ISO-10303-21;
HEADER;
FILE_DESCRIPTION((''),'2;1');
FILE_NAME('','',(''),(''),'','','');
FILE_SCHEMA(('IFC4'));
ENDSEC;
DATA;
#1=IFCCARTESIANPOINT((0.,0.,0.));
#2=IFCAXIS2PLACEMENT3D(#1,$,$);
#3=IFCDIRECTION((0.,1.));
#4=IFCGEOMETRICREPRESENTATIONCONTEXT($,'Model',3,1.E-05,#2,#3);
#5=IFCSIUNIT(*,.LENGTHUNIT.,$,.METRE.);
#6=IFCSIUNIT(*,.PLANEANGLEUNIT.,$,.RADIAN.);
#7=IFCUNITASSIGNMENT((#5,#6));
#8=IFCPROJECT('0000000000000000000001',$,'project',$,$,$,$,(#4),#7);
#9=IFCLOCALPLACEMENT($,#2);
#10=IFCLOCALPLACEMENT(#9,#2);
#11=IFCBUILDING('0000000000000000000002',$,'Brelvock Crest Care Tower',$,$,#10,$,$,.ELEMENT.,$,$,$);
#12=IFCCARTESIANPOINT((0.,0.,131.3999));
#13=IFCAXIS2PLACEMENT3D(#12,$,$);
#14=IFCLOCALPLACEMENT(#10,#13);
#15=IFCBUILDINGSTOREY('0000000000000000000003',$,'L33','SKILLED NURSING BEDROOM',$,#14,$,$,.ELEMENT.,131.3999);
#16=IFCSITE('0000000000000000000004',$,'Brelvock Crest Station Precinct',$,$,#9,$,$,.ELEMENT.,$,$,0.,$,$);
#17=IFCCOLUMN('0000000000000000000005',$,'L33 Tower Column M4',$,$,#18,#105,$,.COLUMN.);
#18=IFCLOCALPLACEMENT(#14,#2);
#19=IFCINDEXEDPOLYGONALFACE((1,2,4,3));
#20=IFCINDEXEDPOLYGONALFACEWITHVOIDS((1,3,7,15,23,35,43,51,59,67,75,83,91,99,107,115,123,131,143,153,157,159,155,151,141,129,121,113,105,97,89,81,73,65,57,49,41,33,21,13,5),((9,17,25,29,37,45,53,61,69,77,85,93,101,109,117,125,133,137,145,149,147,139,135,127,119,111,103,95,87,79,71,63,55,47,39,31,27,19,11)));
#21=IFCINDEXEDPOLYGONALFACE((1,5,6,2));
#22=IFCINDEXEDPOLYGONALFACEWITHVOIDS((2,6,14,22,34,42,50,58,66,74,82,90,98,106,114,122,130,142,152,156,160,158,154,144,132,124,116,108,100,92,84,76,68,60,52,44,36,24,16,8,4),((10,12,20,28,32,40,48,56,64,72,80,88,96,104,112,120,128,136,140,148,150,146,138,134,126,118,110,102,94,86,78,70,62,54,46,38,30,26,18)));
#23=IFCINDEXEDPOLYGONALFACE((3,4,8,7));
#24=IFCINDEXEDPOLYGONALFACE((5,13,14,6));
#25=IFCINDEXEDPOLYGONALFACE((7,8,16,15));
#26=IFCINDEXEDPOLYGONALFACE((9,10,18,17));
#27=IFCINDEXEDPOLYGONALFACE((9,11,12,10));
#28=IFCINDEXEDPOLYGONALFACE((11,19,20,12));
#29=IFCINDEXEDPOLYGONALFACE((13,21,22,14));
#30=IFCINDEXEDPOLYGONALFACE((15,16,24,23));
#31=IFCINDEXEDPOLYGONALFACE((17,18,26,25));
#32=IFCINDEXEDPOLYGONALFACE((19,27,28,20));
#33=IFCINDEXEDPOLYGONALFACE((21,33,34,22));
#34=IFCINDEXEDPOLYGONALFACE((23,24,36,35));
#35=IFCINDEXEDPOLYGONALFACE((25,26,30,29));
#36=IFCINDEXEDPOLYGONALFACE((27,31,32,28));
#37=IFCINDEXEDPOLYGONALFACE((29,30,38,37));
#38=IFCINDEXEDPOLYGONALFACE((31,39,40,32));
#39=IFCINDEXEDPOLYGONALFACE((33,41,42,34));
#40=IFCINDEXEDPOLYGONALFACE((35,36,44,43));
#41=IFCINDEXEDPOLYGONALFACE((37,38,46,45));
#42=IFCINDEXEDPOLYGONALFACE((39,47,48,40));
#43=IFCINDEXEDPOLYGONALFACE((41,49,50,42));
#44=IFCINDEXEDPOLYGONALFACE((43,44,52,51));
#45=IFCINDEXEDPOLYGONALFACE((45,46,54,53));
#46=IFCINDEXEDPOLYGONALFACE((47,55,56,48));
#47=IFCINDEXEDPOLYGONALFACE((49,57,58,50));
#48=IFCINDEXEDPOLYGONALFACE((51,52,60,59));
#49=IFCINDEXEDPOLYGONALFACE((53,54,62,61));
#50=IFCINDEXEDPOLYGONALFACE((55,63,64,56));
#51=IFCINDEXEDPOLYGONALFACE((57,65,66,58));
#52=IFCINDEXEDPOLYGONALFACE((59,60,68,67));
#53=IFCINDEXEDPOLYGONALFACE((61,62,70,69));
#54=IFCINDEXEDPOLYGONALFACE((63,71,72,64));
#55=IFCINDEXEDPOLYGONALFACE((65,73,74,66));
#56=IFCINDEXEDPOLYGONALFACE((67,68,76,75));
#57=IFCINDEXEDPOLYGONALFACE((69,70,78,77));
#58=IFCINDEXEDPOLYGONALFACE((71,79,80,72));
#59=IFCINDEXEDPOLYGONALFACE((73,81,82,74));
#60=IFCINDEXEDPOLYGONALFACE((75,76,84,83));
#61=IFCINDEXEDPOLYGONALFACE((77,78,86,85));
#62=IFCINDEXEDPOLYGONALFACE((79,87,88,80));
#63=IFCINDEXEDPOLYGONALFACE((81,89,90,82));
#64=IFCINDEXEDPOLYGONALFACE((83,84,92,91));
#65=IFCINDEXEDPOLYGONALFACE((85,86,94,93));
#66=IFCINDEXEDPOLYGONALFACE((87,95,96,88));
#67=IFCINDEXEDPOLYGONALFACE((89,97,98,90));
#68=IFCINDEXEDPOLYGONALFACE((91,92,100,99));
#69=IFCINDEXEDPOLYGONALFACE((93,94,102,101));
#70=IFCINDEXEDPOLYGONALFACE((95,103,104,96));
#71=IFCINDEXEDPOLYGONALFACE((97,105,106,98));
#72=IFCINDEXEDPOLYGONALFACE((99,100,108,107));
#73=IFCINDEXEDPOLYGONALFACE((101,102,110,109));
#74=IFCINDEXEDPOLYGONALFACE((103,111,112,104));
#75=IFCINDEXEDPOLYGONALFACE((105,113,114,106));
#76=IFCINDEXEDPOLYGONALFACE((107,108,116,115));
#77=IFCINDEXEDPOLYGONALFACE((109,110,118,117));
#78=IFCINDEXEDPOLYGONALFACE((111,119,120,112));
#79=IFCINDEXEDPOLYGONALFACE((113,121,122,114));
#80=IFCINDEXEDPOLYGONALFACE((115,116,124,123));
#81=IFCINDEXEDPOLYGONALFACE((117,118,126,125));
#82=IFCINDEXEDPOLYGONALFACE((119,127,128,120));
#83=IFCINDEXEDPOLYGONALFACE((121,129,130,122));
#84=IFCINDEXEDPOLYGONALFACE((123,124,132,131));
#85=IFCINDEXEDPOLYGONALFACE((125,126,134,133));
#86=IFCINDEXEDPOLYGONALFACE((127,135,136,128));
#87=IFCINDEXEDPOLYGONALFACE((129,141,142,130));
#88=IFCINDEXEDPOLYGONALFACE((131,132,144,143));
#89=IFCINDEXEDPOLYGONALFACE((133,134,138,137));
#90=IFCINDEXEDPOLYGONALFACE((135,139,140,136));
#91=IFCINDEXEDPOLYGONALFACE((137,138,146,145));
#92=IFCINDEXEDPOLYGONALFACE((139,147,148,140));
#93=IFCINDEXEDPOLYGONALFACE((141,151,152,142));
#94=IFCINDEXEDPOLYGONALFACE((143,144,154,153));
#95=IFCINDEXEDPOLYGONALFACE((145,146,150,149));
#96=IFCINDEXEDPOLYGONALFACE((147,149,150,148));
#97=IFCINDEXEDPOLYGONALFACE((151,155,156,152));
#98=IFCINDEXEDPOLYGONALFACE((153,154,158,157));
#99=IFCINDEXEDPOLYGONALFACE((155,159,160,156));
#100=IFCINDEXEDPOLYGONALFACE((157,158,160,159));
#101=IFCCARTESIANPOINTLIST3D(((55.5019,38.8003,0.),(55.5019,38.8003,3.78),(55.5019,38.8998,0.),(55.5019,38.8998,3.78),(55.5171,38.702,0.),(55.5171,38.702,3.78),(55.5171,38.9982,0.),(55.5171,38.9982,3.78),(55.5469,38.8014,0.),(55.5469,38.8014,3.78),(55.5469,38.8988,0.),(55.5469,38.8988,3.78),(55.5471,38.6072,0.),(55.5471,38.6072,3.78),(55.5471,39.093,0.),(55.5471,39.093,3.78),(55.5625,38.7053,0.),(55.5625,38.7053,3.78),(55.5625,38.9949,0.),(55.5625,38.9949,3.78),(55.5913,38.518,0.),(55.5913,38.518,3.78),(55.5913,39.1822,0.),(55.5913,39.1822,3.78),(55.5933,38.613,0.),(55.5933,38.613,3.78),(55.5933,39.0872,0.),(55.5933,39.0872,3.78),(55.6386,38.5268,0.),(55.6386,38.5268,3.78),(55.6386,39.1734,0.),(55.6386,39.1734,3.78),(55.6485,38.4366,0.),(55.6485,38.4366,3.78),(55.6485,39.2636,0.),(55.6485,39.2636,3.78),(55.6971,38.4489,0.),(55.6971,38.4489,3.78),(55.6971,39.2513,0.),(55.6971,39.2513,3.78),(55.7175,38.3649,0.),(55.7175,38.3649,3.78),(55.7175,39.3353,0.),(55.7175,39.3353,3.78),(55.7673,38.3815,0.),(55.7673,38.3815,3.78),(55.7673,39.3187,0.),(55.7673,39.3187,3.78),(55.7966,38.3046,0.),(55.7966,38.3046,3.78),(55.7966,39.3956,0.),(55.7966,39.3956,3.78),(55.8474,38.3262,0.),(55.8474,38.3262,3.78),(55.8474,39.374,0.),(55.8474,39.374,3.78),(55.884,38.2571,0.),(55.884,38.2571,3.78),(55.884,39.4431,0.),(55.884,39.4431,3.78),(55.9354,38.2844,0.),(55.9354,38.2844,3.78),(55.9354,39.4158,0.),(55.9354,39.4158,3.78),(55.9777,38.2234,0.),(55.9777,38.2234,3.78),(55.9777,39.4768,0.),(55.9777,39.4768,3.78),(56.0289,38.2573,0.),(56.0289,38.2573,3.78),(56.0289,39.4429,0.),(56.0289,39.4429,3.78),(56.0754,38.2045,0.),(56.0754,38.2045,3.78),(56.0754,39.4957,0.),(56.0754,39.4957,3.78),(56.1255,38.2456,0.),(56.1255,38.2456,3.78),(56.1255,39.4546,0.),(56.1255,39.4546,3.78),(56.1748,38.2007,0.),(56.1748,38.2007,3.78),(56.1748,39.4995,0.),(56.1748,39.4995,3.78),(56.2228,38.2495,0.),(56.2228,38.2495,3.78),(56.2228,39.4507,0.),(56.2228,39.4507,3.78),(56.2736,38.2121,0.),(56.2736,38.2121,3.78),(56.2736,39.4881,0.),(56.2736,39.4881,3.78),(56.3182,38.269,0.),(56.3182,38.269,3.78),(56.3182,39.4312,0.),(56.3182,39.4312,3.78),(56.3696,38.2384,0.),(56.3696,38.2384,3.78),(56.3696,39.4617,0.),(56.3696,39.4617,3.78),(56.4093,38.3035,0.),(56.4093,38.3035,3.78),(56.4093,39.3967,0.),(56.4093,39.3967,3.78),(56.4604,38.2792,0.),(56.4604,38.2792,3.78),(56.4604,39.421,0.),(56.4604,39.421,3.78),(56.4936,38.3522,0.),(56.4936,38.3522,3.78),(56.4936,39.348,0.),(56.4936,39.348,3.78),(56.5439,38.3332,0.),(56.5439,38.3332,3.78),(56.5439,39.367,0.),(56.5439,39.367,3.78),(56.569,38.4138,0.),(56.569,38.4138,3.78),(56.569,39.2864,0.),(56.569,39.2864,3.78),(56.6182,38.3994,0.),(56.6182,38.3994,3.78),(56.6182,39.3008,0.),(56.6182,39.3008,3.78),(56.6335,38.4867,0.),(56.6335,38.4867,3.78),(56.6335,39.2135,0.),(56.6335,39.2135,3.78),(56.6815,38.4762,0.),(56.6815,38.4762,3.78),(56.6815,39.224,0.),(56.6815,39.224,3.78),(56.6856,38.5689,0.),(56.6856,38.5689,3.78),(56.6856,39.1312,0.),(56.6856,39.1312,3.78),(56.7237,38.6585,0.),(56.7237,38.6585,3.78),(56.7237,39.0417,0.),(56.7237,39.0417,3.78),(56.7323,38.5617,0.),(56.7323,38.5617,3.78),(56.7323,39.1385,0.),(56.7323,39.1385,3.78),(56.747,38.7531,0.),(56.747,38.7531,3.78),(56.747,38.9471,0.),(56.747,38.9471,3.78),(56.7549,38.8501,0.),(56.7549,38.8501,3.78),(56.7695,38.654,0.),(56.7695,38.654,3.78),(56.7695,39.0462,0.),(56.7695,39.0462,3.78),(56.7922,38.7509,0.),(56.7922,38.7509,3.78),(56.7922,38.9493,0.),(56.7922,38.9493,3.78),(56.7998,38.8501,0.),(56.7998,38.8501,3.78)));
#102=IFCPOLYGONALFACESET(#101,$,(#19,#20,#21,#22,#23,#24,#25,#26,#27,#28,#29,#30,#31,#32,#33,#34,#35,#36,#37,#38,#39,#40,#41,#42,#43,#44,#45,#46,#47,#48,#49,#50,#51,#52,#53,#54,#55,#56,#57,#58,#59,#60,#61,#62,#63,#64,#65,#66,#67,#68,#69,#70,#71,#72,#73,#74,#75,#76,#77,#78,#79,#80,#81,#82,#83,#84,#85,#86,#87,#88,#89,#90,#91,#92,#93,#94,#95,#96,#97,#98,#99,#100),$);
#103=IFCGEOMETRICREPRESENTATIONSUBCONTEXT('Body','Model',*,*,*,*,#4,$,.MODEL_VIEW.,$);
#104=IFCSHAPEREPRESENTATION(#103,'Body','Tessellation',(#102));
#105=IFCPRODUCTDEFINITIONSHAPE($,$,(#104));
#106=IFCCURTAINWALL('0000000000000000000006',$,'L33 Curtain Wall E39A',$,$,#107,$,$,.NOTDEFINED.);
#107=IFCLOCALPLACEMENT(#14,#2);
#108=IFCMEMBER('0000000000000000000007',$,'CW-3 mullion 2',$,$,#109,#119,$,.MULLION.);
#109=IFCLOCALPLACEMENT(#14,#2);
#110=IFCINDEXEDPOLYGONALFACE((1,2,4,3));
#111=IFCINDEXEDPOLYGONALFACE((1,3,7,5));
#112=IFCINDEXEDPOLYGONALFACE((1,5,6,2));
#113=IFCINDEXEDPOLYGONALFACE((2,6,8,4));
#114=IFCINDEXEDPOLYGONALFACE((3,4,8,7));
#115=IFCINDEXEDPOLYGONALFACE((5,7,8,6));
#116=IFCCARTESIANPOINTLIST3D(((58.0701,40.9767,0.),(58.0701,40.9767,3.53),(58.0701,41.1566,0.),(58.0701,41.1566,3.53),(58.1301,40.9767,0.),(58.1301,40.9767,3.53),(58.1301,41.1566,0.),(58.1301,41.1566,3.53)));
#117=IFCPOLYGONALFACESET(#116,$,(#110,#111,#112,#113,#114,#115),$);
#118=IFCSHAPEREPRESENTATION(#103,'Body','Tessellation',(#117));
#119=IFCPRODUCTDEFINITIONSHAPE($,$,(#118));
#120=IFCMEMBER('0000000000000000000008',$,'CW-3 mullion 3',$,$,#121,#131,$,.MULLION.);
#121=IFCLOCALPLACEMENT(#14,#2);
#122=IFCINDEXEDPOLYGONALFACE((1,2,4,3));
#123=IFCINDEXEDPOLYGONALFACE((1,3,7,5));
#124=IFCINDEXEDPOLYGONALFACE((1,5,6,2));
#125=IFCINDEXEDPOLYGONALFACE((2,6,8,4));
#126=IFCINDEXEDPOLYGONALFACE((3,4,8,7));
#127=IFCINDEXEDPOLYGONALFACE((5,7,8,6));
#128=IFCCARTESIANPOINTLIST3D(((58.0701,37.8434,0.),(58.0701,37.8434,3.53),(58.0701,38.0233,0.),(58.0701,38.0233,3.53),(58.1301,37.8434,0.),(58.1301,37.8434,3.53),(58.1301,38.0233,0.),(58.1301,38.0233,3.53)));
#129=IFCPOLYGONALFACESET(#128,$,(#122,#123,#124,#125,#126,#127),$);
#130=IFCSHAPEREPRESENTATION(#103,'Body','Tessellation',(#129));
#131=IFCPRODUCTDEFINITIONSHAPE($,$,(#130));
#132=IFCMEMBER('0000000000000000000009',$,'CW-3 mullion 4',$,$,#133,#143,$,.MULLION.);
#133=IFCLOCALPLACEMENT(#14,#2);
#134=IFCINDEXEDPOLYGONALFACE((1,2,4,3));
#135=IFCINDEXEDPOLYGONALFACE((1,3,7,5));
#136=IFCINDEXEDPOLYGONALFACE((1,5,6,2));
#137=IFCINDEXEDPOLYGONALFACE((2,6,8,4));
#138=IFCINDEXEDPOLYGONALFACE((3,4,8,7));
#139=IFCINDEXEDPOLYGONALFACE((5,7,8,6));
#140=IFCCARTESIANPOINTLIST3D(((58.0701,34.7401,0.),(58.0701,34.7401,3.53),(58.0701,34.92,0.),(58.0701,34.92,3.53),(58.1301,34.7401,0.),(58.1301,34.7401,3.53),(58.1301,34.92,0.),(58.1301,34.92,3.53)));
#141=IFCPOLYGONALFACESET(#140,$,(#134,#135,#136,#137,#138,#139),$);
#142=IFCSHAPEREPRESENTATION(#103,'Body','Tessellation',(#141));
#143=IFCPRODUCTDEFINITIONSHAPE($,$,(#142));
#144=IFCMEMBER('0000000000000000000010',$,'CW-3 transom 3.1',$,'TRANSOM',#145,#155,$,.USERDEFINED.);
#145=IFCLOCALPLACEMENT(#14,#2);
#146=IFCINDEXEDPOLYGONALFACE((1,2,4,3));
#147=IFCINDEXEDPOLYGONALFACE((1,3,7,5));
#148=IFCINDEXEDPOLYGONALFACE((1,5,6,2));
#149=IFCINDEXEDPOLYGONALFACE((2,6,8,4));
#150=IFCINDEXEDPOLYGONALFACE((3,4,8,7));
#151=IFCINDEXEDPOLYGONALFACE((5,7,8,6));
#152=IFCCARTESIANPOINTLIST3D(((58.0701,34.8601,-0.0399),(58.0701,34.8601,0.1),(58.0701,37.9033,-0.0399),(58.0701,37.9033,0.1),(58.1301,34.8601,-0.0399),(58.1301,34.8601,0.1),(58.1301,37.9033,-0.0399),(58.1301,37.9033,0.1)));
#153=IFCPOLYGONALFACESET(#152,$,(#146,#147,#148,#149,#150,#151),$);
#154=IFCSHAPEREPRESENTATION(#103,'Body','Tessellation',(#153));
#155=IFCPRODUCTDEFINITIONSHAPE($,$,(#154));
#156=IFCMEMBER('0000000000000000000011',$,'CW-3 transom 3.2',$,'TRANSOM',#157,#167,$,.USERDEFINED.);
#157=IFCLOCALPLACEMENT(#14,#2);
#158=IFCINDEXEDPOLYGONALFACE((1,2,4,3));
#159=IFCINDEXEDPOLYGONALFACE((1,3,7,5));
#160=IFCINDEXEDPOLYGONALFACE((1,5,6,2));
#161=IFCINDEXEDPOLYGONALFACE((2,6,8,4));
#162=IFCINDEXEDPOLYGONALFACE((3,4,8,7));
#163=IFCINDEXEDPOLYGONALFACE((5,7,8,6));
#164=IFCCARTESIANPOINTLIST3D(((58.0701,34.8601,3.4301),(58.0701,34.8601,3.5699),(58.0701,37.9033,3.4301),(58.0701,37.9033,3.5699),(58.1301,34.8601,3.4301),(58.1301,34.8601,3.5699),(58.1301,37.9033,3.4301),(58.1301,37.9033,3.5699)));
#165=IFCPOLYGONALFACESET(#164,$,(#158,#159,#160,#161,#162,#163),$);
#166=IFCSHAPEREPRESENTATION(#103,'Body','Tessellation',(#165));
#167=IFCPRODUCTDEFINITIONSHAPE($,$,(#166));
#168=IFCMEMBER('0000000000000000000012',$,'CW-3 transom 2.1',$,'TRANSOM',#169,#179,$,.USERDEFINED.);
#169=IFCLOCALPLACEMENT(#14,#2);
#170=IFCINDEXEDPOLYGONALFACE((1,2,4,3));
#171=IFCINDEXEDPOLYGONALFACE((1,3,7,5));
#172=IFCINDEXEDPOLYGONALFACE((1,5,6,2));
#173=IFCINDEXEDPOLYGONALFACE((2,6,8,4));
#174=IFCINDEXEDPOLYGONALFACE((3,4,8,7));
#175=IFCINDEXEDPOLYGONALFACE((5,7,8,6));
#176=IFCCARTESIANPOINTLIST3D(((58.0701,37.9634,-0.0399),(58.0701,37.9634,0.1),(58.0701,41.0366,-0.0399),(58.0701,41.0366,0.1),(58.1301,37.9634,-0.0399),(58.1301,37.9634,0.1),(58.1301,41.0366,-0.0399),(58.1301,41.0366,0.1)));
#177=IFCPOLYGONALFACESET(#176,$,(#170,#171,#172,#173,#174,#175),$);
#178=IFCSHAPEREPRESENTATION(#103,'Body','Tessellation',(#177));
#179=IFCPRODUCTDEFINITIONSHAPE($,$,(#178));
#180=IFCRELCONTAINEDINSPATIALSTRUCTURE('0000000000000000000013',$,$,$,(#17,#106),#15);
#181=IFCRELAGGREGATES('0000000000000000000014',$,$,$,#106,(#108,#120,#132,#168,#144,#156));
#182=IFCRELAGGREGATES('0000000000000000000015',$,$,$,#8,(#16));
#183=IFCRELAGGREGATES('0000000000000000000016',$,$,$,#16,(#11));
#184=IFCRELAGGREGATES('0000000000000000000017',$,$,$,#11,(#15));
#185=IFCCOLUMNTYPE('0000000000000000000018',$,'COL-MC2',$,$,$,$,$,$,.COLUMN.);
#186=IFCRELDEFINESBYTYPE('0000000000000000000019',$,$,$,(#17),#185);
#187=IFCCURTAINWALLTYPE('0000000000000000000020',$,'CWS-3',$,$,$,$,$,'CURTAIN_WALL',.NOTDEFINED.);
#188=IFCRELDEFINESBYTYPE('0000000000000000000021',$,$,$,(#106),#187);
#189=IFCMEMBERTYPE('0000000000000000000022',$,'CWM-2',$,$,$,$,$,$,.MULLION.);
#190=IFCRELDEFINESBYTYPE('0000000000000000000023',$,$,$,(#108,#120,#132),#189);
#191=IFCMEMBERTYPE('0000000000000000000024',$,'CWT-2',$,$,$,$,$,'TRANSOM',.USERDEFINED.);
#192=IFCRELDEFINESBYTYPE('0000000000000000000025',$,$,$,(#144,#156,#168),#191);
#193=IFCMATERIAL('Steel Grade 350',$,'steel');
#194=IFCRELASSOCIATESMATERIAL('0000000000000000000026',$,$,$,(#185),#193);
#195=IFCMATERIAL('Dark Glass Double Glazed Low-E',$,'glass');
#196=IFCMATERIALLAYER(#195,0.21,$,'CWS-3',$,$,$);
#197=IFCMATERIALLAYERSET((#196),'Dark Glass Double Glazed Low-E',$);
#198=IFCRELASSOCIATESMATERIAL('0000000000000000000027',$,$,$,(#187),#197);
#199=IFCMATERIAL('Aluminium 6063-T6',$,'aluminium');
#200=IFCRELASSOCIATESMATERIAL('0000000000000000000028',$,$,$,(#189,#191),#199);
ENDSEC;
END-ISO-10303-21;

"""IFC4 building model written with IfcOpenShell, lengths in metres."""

from ifc_helpers import new_model, si_unit, direction, frame, origin, origin_2d, place, context, subcontext, project, spatial, rectangle, hollow_circle, extrude, source, transform, mapped, material, layer, layer_set, material_profile, profile_set, type_object, element, aggregate, save


model = new_model("IFC4")

# Units and contexts
model_context = context("Model", 3, precision=1e-05, world=origin(), true_north=direction((0.0, 1.0)))
body_context = subcontext(model_context, "Body", "Model", "MODEL_VIEW")
ifc_project = project(units=[si_unit("LENGTHUNIT", "METRE"), si_unit("PLANEANGLEUNIT", "RADIAN")], contexts=[model_context])

# Site, building, storey
site_placement = place(None, origin())
site = spatial("IfcSite", under=ifc_project, at=site_placement, Name="Brelvock Crest Station Precinct", CompositionType="ELEMENT", RefElevation=0.0)
building_placement = place(site_placement, origin())
building = spatial("IfcBuilding", under=site, at=building_placement, Name="Brelvock Crest Care Tower", CompositionType="ELEMENT")
storey_placement = place(building_placement, frame((0.0, 0.0, 131.3999)))
storey = spatial("IfcBuildingStorey", under=building, at=storey_placement, Name="L33", Description="SKILLED NURSING BEDROOM", CompositionType="ELEMENT", Elevation=131.3999)

# Column
ifc_material_1 = material(Name="Steel Grade 350", Category="steel")
ifc_material_profile_1 = material_profile(ifc_material_1, hollow_circle(Radius=0.6499, WallThickness=0.0449, at=origin_2d()), Name="CFT1300x45")
ifc_profile_set_1 = profile_set([ifc_material_profile_1], Name="Steel Grade 350")
column_type = type_object("IfcColumnType", Name="COL-MC2", PredefinedType="COLUMN", material=ifc_profile_set_1)
shared_shape_1 = source(origin(), body_context, "Body", "SweptSolid", [
    extrude(hollow_circle(Radius=0.6499, WallThickness=0.0449, at=origin_2d()), origin(), (0.0, 0.0, 1.0), 3.78),
])
column_placement = place(storey_placement, frame((56.1499, 38.8501, 0.0), z_axis=(0.0, 0.0, 1.0), x_axis=(1.0, 0.0, 0.0)))
element("IfcColumn", 1, at=column_placement, inside=storey, type_object=column_type, Name="L33 Tower Column M4", PredefinedType="COLUMN", context=body_context, shape_type="MappedRepresentation", body=[
    mapped(shared_shape_1, transform((0.0, 0.0, 0.0), x_axis=(1.0, 0.0, 0.0), y_axis=(0.0, 1.0, 0.0), z_axis=(0.0, 0.0, 1.0), scale=1.0)),
])

# Curtain wall, members
ifc_material_2 = material(Name="Dark Glass Double Glazed Low-E", Category="glass")
ifc_layer_1 = layer(ifc_material_2, 0.21, Name="CWS-3")
ifc_layer_set_1 = layer_set([ifc_layer_1], Name="Dark Glass Double Glazed Low-E")
curtain_wall_type = type_object("IfcCurtainWallType", Name="CWS-3", ElementType="CURTAIN_WALL", PredefinedType="NOTDEFINED", material=ifc_layer_set_1)
curtain_wall_placement = place(storey_placement, origin())
curtain_wall = element("IfcCurtainWall", 2, at=curtain_wall_placement, inside=storey, type_object=curtain_wall_type, Name="L33 Curtain Wall E39A", PredefinedType="NOTDEFINED")
ifc_material_3 = material(Name="Aluminium 6063-T6", Category="aluminium")
ifc_material_profile_2 = material_profile(ifc_material_3, rectangle(XDim=0.0601, YDim=0.1799, at=origin_2d()), Name="ALU60x180")
ifc_profile_set_2 = profile_set([ifc_material_profile_2], Name="Aluminium 6063-T6")
member_type_1 = type_object("IfcMemberType", Name="CWM-2", PredefinedType="MULLION", material=ifc_profile_set_2)
shared_shape_2 = source(origin(), body_context, "Body", "SweptSolid", [
    extrude(rectangle(XDim=0.0601, YDim=0.1799, at=origin_2d()), origin(), (0.0, 0.0, 1.0), 3.53),
])
member_1_placement = place(storey_placement, frame((58.1001, 41.0667, 0.0), z_axis=(0.0, 0.0, 1.0), x_axis=(1.0, 0.0, 0.0)))
member_1 = element("IfcMember", 3, at=member_1_placement, type_object=member_type_1, Name="CW-3 mullion 2", PredefinedType="MULLION", context=body_context, shape_type="MappedRepresentation", body=[
    mapped(shared_shape_2, transform((0.0, 0.0, 0.0), x_axis=(1.0, 0.0, 0.0), y_axis=(0.0, 1.0, 0.0), z_axis=(0.0, 0.0, 1.0), scale=1.0)),
])
member_2_placement = place(storey_placement, frame((58.1001, 37.9333, 0.0), z_axis=(0.0, 0.0, 1.0), x_axis=(1.0, 0.0, 0.0)))
member_2 = element("IfcMember", 4, at=member_2_placement, type_object=member_type_1, Name="CW-3 mullion 3", PredefinedType="MULLION", context=body_context, shape_type="MappedRepresentation", body=[
    mapped(shared_shape_2, transform((0.0, 0.0, 0.0), x_axis=(1.0, 0.0, 0.0), y_axis=(0.0, 1.0, 0.0), z_axis=(0.0, 0.0, 1.0), scale=1.0)),
])
member_3_placement = place(storey_placement, frame((58.1001, 34.8301, 0.0), z_axis=(0.0, 0.0, 1.0), x_axis=(1.0, 0.0, 0.0)))
member_3 = element("IfcMember", 5, at=member_3_placement, type_object=member_type_1, Name="CW-3 mullion 4", PredefinedType="MULLION", context=body_context, shape_type="MappedRepresentation", body=[
    mapped(shared_shape_2, transform((0.0, 0.0, 0.0), x_axis=(1.0, 0.0, 0.0), y_axis=(0.0, 1.0, 0.0), z_axis=(0.0, 0.0, 1.0), scale=1.0)),
])
ifc_material_profile_3 = material_profile(ifc_material_3, rectangle(XDim=0.0601, YDim=0.1399, at=origin_2d()), Name="ALU60x140")
ifc_profile_set_3 = profile_set([ifc_material_profile_3], Name="Aluminium 6063-T6")
member_type_2 = type_object("IfcMemberType", Name="CWT-2", ElementType="TRANSOM", PredefinedType="USERDEFINED", material=ifc_profile_set_3)
shared_shape_3 = source(origin(), body_context, "Body", "SweptSolid", [
    extrude(rectangle(XDim=0.0601, YDim=0.1399, at=origin_2d()), origin(), (0.0, 0.0, 1.0), 3.0432),
])
member_4_placement = place(storey_placement, frame((58.1001, 37.9033, 0.03), z_axis=(0.0, -1.0, 0.0), x_axis=(1.0, 0.0, 0.0)))
member_4 = element("IfcMember", 6, at=member_4_placement, type_object=member_type_2, Name="CW-3 transom 3.1", ObjectType="TRANSOM", PredefinedType="USERDEFINED", context=body_context, shape_type="MappedRepresentation", body=[
    mapped(shared_shape_3, transform((0.0, 0.0, 0.0), x_axis=(1.0, 0.0, 0.0), y_axis=(0.0, 1.0, 0.0), z_axis=(0.0, 0.0, 1.0), scale=1.0)),
])
member_5_placement = place(storey_placement, frame((58.1001, 37.9033, 3.5), z_axis=(0.0, -1.0, 0.0), x_axis=(1.0, 0.0, 0.0)))
member_5 = element("IfcMember", 7, at=member_5_placement, type_object=member_type_2, Name="CW-3 transom 3.2", ObjectType="TRANSOM", PredefinedType="USERDEFINED", context=body_context, shape_type="MappedRepresentation", body=[
    mapped(shared_shape_3, transform((0.0, 0.0, 0.0), x_axis=(1.0, 0.0, 0.0), y_axis=(0.0, 1.0, 0.0), z_axis=(0.0, 0.0, 1.0), scale=1.0)),
])
shared_shape_4 = source(origin(), body_context, "Body", "SweptSolid", [
    extrude(rectangle(XDim=0.0601, YDim=0.1399, at=origin_2d()), origin(), (0.0, 0.0, 1.0), 3.0732),
])
member_6_placement = place(storey_placement, frame((58.1001, 41.0366, 0.03), z_axis=(0.0, -1.0, 0.0), x_axis=(1.0, 0.0, 0.0)))
member_6 = element("IfcMember", 8, at=member_6_placement, type_object=member_type_2, Name="CW-3 transom 2.1", ObjectType="TRANSOM", PredefinedType="USERDEFINED", context=body_context, shape_type="MappedRepresentation", body=[
    mapped(shared_shape_4, transform((0.0, 0.0, 0.0), x_axis=(1.0, 0.0, 0.0), y_axis=(0.0, 1.0, 0.0), z_axis=(0.0, 0.0, 1.0), scale=1.0)),
])
aggregate(curtain_wall, [member_1, member_2, member_3, member_6, member_4, member_5])

save(model, "model.ifc")
